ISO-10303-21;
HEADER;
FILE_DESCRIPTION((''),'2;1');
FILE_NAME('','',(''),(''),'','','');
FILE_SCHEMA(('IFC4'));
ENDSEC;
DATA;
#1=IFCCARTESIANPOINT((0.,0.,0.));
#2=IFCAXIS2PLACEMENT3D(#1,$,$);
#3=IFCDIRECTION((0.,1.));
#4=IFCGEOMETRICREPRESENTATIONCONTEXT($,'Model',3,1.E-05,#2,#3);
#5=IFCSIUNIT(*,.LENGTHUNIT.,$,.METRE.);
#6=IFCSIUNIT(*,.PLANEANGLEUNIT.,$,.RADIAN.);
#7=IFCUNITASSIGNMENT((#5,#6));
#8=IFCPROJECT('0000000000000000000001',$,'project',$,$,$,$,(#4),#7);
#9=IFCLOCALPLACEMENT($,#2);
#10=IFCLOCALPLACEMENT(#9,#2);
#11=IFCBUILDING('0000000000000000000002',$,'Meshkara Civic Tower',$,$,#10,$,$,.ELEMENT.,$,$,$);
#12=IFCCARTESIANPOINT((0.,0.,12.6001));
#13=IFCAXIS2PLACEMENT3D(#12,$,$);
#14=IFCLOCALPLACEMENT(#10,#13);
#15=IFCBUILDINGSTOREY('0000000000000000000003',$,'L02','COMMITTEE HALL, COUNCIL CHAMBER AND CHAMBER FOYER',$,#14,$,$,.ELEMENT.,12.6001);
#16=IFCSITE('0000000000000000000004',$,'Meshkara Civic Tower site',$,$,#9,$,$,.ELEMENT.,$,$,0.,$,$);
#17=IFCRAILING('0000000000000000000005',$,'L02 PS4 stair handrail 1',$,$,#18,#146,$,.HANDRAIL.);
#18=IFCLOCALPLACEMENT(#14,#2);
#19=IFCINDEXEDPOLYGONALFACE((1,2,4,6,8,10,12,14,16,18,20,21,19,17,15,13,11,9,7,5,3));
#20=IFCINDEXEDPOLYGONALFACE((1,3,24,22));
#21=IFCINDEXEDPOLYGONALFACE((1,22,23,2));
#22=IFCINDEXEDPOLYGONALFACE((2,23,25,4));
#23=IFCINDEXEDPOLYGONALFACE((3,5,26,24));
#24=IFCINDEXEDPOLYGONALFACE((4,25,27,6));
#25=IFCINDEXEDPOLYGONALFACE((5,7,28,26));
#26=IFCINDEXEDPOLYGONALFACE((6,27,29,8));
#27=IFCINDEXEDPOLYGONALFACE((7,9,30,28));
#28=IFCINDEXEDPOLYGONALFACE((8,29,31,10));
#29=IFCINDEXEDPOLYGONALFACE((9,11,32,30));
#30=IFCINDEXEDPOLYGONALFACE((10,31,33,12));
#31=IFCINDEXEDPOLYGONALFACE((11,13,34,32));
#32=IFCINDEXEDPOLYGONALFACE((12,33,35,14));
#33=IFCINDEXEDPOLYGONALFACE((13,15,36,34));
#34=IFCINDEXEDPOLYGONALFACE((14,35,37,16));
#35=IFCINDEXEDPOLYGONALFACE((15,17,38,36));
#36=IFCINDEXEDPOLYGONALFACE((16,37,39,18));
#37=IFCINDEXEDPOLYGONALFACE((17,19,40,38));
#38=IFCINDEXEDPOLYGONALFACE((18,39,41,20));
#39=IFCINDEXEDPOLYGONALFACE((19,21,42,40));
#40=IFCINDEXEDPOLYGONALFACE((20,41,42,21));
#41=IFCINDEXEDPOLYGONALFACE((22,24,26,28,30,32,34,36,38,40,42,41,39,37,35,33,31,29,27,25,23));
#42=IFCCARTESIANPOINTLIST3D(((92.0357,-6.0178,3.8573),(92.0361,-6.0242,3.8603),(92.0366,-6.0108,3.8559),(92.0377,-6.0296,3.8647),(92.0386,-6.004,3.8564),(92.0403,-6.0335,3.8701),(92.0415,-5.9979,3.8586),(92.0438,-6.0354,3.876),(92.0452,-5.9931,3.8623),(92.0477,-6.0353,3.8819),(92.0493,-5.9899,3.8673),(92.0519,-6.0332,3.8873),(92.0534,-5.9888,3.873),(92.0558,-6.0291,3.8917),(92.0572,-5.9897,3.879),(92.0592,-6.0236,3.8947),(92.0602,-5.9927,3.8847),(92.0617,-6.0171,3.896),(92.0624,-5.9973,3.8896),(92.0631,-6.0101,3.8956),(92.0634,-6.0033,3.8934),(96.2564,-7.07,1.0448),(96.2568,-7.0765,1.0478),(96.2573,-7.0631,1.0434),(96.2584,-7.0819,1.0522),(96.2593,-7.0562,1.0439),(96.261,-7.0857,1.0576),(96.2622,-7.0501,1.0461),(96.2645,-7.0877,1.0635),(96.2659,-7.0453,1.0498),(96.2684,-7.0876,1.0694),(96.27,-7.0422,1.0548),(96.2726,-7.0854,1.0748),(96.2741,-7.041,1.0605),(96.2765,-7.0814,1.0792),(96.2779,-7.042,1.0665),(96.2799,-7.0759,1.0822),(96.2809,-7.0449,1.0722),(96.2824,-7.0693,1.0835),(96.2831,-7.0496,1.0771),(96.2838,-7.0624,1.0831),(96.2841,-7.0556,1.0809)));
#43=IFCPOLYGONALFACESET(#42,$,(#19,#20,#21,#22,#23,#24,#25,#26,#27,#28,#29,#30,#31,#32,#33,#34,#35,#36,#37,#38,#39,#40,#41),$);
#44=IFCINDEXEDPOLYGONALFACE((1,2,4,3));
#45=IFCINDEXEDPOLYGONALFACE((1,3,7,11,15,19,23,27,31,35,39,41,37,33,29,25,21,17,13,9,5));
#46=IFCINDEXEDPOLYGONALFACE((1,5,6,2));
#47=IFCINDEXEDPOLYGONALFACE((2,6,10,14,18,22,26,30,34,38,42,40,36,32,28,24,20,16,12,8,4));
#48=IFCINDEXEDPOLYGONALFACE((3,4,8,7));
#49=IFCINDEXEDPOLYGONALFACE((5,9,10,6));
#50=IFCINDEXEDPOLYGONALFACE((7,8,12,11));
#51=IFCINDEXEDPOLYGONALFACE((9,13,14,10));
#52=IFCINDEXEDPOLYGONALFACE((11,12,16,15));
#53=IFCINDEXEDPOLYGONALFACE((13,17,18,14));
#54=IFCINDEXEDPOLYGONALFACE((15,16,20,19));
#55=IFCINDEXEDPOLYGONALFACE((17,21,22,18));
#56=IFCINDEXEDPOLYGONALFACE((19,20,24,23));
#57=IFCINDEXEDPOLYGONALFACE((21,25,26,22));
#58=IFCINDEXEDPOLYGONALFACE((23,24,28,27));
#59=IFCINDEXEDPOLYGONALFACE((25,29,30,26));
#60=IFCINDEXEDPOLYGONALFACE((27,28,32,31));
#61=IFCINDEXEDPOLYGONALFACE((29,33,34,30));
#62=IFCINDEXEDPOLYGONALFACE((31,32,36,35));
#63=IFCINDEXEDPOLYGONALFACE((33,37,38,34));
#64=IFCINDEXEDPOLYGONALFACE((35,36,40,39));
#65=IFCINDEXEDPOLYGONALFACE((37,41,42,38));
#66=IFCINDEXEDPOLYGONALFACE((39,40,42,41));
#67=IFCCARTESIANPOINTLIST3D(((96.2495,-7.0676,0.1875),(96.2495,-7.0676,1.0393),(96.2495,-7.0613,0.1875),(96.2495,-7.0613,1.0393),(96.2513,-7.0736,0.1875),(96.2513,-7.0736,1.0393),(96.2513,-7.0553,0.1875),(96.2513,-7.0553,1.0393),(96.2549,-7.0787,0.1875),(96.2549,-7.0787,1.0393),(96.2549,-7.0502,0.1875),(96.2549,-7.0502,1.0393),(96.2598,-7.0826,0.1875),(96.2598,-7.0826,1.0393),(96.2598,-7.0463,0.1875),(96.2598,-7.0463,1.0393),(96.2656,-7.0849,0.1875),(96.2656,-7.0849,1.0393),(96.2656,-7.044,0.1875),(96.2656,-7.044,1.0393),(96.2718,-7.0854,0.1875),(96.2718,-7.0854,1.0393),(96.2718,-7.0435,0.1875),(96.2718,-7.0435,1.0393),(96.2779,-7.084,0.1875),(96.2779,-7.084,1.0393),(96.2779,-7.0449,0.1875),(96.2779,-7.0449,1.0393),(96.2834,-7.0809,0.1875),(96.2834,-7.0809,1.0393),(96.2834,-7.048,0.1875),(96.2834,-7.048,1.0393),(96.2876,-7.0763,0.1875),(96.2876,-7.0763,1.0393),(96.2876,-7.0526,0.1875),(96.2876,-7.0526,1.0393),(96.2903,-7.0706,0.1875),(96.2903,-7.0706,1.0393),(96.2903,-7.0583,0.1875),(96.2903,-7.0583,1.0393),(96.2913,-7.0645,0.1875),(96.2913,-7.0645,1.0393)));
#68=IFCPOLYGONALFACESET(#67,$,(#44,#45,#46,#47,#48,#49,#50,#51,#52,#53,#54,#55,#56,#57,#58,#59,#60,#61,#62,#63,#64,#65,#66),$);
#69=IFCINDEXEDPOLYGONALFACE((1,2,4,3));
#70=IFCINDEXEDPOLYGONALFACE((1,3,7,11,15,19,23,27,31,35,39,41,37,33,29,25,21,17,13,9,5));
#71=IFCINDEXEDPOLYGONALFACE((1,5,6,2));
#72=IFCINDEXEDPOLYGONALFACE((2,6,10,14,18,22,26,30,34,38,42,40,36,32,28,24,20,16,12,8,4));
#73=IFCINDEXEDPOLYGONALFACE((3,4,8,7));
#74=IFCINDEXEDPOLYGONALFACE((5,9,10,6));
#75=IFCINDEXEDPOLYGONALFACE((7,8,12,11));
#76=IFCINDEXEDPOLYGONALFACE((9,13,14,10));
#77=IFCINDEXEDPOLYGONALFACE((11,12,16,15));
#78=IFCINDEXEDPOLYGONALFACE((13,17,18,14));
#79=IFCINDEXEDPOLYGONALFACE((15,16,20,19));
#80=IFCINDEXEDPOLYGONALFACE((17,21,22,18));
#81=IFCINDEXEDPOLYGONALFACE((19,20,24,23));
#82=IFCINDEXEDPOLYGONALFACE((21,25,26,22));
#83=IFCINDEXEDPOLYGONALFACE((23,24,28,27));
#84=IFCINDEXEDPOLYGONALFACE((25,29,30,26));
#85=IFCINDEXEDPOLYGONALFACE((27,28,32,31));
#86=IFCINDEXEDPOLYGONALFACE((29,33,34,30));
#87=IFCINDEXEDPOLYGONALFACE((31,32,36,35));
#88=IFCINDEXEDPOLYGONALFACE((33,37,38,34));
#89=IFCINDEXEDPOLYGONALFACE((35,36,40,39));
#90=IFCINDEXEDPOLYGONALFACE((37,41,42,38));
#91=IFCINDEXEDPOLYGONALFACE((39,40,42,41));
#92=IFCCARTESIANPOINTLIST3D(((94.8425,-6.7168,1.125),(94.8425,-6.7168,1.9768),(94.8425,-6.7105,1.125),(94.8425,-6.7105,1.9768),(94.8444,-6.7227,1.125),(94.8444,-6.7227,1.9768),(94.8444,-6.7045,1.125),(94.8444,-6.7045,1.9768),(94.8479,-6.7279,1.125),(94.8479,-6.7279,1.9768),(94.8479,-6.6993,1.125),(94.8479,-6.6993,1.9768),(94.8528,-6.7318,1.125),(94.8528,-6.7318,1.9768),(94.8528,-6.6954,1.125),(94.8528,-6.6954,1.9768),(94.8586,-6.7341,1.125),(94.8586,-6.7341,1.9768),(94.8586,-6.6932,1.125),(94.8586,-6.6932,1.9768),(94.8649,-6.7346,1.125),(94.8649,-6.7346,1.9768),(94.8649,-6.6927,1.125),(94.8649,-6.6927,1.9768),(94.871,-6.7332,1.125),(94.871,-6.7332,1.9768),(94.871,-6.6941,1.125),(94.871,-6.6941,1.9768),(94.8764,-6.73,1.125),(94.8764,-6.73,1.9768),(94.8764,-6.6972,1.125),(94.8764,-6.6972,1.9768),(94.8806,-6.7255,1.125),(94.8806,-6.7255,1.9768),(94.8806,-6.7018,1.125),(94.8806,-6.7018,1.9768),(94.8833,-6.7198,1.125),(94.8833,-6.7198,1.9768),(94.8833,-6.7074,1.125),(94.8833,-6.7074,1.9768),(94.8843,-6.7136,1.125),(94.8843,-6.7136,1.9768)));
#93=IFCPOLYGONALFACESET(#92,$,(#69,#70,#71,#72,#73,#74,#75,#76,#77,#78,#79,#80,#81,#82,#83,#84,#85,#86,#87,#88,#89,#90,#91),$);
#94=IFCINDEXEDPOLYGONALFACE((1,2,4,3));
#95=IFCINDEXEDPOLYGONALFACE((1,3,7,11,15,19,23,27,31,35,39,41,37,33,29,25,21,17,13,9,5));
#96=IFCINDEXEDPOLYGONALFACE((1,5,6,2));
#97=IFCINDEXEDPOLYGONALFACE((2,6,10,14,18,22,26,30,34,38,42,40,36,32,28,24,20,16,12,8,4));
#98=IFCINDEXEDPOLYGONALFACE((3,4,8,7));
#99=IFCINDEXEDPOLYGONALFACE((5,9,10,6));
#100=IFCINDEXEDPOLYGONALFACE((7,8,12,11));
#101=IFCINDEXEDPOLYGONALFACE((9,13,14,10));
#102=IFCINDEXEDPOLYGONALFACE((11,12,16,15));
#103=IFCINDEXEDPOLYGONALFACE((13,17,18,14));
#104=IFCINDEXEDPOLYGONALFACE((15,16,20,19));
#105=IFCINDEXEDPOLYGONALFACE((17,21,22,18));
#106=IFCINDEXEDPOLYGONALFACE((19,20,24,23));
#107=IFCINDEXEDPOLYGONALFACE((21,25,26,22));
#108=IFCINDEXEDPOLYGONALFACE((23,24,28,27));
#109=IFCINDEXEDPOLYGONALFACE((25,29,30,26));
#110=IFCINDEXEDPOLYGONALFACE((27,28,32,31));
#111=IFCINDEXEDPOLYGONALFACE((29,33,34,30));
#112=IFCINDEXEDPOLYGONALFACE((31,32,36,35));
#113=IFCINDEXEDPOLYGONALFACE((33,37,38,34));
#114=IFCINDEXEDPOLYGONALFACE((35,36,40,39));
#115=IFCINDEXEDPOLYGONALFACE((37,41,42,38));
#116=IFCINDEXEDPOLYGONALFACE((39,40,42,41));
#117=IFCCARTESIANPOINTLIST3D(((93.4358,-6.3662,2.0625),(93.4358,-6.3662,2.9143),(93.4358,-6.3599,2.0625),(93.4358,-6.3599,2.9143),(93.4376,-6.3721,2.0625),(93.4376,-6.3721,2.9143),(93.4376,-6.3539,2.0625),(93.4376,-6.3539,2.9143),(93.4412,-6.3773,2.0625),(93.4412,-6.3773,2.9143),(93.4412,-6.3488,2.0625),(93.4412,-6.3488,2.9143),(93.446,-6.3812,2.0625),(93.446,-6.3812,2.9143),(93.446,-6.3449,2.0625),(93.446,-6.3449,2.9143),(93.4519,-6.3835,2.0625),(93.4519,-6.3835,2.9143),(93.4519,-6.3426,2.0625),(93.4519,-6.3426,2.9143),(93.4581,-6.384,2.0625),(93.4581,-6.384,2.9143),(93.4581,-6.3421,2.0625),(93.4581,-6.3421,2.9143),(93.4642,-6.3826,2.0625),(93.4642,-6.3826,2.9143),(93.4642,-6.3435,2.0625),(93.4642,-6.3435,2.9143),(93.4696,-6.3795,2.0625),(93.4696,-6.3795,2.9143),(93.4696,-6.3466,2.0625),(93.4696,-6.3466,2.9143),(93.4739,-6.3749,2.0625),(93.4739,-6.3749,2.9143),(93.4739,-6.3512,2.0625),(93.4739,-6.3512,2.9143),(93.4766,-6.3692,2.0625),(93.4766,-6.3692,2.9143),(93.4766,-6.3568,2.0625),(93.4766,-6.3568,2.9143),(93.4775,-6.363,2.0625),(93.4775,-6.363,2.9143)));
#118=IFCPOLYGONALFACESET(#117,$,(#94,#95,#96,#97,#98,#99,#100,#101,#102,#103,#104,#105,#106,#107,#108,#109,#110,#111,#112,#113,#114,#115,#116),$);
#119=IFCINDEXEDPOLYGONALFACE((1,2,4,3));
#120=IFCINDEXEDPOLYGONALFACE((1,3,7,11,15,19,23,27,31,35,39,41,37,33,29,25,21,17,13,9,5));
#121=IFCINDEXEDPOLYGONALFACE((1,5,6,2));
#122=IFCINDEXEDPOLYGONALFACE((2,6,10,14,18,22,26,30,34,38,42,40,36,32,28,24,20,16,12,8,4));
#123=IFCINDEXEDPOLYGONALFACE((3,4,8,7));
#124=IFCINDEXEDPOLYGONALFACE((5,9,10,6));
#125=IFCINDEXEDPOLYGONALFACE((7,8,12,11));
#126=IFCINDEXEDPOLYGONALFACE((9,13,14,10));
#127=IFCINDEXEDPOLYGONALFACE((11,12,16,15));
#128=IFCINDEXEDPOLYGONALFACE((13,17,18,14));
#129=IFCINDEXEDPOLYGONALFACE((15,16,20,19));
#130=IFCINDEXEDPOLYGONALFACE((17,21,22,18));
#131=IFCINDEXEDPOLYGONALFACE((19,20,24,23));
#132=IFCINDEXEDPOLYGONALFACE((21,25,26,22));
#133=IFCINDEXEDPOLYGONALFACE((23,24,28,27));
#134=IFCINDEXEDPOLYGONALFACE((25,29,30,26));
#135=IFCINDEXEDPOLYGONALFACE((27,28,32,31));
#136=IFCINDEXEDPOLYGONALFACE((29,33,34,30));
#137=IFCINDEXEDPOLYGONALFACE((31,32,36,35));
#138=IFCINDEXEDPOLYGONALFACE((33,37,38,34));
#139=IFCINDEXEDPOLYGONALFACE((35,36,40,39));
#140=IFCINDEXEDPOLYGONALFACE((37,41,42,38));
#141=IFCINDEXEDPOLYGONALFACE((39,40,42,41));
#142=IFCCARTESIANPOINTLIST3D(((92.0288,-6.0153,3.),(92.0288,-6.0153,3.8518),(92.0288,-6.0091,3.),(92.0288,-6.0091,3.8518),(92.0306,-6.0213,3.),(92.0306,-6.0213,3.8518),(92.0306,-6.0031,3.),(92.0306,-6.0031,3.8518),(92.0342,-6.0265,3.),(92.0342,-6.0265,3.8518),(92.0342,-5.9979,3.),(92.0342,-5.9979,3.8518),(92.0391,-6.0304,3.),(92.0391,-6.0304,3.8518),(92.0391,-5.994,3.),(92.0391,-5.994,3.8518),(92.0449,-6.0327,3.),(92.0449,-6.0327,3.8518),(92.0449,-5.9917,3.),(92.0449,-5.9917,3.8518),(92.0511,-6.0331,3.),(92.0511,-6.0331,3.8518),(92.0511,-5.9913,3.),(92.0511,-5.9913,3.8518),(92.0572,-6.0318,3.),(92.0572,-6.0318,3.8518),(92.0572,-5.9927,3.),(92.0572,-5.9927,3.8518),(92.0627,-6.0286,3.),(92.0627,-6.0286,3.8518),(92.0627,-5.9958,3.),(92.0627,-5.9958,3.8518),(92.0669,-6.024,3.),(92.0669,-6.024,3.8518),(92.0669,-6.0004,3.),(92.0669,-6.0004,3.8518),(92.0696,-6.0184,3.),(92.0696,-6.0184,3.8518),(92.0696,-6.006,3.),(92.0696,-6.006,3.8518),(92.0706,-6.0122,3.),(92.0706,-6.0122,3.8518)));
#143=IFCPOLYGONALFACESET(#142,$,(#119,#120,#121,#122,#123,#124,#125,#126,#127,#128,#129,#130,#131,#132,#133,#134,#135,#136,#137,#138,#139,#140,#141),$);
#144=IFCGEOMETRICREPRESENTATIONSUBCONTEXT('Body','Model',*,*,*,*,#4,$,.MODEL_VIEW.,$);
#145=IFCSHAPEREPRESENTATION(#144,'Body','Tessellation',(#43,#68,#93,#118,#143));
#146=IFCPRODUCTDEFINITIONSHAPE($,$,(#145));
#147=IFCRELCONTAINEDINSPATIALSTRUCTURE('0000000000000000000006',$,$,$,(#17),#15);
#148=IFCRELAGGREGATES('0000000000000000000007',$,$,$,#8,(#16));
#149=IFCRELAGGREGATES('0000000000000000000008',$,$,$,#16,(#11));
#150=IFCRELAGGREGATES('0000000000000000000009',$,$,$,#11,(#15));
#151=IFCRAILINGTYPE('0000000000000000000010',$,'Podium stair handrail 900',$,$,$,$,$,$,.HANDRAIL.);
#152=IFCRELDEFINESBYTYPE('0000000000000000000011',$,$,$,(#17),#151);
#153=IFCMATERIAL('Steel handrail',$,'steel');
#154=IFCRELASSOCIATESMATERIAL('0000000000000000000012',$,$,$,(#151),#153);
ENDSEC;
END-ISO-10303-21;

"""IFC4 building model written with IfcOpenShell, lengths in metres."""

from ifc_helpers import new_model, si_unit, direction, frame, origin, origin_2d, place, context, subcontext, project, spatial, circle, extrude, material, type_object, element, save


model = new_model("IFC4")

# Units and contexts
model_context = context("Model", 3, precision=1e-05, world=origin(), true_north=direction((0.0, 1.0)))
body_context = subcontext(model_context, "Body", "Model", "MODEL_VIEW")
ifc_project = project(units=[si_unit("LENGTHUNIT", "METRE"), si_unit("PLANEANGLEUNIT", "RADIAN")], contexts=[model_context])

# Site, building, storey
site_placement = place(None, origin())
site = spatial("IfcSite", under=ifc_project, at=site_placement, Name="Meshkara Civic Tower site", CompositionType="ELEMENT", RefElevation=0.0)
building_placement = place(site_placement, origin())
building = spatial("IfcBuilding", under=site, at=building_placement, Name="Meshkara Civic Tower", CompositionType="ELEMENT")
storey_placement = place(building_placement, frame((0.0, 0.0, 12.6001)))
storey = spatial("IfcBuildingStorey", under=building, at=storey_placement, Name="L02", Description="COMMITTEE HALL, COUNCIL CHAMBER AND CHAMBER FOYER", CompositionType="ELEMENT", Elevation=12.6001)

# Railing
ifc_material_1 = material(Name="Steel handrail", Category="steel")
railing_type_1 = type_object("IfcRailingType", Name="Podium stair handrail 900", PredefinedType="HANDRAIL", material=ifc_material_1)
railing_1_placement = place(storey_placement, frame((96.2703, -7.0645, 0.1875)))
element("IfcRailing", 1, at=railing_1_placement, inside=storey, type_object=railing_type_1, Name="L02 PS4 stair handrail 1", PredefinedType="HANDRAIL", context=body_context, shape_type="SweptSolid", body=[
    extrude(circle(Radius=0.0239, at=origin_2d()), frame((0.0, 0.0, 0.876), z_axis=(-0.814818, 0.203139, 0.542961), x_axis=(-0.241902, -0.970301, 0.0)), (0.0, 0.0, 1.0), 5.1799),
    extrude(circle(Radius=0.021, at=origin_2d()), origin(), (0.0, 0.0, 1.0), 0.8518),
    extrude(circle(Radius=0.021, at=origin_2d()), frame((-1.407, 0.3508, 0.9375)), (0.0, 0.0, 1.0), 0.8518),
    extrude(circle(Radius=0.021, at=origin_2d()), frame((-2.8137, 0.7014, 1.875)), (0.0, 0.0, 1.0), 0.8518),
    extrude(circle(Radius=0.021, at=origin_2d()), frame((-4.2207, 1.0522, 2.8125)), (0.0, 0.0, 1.0), 0.8518),
])

save(model, "model.ifc")
